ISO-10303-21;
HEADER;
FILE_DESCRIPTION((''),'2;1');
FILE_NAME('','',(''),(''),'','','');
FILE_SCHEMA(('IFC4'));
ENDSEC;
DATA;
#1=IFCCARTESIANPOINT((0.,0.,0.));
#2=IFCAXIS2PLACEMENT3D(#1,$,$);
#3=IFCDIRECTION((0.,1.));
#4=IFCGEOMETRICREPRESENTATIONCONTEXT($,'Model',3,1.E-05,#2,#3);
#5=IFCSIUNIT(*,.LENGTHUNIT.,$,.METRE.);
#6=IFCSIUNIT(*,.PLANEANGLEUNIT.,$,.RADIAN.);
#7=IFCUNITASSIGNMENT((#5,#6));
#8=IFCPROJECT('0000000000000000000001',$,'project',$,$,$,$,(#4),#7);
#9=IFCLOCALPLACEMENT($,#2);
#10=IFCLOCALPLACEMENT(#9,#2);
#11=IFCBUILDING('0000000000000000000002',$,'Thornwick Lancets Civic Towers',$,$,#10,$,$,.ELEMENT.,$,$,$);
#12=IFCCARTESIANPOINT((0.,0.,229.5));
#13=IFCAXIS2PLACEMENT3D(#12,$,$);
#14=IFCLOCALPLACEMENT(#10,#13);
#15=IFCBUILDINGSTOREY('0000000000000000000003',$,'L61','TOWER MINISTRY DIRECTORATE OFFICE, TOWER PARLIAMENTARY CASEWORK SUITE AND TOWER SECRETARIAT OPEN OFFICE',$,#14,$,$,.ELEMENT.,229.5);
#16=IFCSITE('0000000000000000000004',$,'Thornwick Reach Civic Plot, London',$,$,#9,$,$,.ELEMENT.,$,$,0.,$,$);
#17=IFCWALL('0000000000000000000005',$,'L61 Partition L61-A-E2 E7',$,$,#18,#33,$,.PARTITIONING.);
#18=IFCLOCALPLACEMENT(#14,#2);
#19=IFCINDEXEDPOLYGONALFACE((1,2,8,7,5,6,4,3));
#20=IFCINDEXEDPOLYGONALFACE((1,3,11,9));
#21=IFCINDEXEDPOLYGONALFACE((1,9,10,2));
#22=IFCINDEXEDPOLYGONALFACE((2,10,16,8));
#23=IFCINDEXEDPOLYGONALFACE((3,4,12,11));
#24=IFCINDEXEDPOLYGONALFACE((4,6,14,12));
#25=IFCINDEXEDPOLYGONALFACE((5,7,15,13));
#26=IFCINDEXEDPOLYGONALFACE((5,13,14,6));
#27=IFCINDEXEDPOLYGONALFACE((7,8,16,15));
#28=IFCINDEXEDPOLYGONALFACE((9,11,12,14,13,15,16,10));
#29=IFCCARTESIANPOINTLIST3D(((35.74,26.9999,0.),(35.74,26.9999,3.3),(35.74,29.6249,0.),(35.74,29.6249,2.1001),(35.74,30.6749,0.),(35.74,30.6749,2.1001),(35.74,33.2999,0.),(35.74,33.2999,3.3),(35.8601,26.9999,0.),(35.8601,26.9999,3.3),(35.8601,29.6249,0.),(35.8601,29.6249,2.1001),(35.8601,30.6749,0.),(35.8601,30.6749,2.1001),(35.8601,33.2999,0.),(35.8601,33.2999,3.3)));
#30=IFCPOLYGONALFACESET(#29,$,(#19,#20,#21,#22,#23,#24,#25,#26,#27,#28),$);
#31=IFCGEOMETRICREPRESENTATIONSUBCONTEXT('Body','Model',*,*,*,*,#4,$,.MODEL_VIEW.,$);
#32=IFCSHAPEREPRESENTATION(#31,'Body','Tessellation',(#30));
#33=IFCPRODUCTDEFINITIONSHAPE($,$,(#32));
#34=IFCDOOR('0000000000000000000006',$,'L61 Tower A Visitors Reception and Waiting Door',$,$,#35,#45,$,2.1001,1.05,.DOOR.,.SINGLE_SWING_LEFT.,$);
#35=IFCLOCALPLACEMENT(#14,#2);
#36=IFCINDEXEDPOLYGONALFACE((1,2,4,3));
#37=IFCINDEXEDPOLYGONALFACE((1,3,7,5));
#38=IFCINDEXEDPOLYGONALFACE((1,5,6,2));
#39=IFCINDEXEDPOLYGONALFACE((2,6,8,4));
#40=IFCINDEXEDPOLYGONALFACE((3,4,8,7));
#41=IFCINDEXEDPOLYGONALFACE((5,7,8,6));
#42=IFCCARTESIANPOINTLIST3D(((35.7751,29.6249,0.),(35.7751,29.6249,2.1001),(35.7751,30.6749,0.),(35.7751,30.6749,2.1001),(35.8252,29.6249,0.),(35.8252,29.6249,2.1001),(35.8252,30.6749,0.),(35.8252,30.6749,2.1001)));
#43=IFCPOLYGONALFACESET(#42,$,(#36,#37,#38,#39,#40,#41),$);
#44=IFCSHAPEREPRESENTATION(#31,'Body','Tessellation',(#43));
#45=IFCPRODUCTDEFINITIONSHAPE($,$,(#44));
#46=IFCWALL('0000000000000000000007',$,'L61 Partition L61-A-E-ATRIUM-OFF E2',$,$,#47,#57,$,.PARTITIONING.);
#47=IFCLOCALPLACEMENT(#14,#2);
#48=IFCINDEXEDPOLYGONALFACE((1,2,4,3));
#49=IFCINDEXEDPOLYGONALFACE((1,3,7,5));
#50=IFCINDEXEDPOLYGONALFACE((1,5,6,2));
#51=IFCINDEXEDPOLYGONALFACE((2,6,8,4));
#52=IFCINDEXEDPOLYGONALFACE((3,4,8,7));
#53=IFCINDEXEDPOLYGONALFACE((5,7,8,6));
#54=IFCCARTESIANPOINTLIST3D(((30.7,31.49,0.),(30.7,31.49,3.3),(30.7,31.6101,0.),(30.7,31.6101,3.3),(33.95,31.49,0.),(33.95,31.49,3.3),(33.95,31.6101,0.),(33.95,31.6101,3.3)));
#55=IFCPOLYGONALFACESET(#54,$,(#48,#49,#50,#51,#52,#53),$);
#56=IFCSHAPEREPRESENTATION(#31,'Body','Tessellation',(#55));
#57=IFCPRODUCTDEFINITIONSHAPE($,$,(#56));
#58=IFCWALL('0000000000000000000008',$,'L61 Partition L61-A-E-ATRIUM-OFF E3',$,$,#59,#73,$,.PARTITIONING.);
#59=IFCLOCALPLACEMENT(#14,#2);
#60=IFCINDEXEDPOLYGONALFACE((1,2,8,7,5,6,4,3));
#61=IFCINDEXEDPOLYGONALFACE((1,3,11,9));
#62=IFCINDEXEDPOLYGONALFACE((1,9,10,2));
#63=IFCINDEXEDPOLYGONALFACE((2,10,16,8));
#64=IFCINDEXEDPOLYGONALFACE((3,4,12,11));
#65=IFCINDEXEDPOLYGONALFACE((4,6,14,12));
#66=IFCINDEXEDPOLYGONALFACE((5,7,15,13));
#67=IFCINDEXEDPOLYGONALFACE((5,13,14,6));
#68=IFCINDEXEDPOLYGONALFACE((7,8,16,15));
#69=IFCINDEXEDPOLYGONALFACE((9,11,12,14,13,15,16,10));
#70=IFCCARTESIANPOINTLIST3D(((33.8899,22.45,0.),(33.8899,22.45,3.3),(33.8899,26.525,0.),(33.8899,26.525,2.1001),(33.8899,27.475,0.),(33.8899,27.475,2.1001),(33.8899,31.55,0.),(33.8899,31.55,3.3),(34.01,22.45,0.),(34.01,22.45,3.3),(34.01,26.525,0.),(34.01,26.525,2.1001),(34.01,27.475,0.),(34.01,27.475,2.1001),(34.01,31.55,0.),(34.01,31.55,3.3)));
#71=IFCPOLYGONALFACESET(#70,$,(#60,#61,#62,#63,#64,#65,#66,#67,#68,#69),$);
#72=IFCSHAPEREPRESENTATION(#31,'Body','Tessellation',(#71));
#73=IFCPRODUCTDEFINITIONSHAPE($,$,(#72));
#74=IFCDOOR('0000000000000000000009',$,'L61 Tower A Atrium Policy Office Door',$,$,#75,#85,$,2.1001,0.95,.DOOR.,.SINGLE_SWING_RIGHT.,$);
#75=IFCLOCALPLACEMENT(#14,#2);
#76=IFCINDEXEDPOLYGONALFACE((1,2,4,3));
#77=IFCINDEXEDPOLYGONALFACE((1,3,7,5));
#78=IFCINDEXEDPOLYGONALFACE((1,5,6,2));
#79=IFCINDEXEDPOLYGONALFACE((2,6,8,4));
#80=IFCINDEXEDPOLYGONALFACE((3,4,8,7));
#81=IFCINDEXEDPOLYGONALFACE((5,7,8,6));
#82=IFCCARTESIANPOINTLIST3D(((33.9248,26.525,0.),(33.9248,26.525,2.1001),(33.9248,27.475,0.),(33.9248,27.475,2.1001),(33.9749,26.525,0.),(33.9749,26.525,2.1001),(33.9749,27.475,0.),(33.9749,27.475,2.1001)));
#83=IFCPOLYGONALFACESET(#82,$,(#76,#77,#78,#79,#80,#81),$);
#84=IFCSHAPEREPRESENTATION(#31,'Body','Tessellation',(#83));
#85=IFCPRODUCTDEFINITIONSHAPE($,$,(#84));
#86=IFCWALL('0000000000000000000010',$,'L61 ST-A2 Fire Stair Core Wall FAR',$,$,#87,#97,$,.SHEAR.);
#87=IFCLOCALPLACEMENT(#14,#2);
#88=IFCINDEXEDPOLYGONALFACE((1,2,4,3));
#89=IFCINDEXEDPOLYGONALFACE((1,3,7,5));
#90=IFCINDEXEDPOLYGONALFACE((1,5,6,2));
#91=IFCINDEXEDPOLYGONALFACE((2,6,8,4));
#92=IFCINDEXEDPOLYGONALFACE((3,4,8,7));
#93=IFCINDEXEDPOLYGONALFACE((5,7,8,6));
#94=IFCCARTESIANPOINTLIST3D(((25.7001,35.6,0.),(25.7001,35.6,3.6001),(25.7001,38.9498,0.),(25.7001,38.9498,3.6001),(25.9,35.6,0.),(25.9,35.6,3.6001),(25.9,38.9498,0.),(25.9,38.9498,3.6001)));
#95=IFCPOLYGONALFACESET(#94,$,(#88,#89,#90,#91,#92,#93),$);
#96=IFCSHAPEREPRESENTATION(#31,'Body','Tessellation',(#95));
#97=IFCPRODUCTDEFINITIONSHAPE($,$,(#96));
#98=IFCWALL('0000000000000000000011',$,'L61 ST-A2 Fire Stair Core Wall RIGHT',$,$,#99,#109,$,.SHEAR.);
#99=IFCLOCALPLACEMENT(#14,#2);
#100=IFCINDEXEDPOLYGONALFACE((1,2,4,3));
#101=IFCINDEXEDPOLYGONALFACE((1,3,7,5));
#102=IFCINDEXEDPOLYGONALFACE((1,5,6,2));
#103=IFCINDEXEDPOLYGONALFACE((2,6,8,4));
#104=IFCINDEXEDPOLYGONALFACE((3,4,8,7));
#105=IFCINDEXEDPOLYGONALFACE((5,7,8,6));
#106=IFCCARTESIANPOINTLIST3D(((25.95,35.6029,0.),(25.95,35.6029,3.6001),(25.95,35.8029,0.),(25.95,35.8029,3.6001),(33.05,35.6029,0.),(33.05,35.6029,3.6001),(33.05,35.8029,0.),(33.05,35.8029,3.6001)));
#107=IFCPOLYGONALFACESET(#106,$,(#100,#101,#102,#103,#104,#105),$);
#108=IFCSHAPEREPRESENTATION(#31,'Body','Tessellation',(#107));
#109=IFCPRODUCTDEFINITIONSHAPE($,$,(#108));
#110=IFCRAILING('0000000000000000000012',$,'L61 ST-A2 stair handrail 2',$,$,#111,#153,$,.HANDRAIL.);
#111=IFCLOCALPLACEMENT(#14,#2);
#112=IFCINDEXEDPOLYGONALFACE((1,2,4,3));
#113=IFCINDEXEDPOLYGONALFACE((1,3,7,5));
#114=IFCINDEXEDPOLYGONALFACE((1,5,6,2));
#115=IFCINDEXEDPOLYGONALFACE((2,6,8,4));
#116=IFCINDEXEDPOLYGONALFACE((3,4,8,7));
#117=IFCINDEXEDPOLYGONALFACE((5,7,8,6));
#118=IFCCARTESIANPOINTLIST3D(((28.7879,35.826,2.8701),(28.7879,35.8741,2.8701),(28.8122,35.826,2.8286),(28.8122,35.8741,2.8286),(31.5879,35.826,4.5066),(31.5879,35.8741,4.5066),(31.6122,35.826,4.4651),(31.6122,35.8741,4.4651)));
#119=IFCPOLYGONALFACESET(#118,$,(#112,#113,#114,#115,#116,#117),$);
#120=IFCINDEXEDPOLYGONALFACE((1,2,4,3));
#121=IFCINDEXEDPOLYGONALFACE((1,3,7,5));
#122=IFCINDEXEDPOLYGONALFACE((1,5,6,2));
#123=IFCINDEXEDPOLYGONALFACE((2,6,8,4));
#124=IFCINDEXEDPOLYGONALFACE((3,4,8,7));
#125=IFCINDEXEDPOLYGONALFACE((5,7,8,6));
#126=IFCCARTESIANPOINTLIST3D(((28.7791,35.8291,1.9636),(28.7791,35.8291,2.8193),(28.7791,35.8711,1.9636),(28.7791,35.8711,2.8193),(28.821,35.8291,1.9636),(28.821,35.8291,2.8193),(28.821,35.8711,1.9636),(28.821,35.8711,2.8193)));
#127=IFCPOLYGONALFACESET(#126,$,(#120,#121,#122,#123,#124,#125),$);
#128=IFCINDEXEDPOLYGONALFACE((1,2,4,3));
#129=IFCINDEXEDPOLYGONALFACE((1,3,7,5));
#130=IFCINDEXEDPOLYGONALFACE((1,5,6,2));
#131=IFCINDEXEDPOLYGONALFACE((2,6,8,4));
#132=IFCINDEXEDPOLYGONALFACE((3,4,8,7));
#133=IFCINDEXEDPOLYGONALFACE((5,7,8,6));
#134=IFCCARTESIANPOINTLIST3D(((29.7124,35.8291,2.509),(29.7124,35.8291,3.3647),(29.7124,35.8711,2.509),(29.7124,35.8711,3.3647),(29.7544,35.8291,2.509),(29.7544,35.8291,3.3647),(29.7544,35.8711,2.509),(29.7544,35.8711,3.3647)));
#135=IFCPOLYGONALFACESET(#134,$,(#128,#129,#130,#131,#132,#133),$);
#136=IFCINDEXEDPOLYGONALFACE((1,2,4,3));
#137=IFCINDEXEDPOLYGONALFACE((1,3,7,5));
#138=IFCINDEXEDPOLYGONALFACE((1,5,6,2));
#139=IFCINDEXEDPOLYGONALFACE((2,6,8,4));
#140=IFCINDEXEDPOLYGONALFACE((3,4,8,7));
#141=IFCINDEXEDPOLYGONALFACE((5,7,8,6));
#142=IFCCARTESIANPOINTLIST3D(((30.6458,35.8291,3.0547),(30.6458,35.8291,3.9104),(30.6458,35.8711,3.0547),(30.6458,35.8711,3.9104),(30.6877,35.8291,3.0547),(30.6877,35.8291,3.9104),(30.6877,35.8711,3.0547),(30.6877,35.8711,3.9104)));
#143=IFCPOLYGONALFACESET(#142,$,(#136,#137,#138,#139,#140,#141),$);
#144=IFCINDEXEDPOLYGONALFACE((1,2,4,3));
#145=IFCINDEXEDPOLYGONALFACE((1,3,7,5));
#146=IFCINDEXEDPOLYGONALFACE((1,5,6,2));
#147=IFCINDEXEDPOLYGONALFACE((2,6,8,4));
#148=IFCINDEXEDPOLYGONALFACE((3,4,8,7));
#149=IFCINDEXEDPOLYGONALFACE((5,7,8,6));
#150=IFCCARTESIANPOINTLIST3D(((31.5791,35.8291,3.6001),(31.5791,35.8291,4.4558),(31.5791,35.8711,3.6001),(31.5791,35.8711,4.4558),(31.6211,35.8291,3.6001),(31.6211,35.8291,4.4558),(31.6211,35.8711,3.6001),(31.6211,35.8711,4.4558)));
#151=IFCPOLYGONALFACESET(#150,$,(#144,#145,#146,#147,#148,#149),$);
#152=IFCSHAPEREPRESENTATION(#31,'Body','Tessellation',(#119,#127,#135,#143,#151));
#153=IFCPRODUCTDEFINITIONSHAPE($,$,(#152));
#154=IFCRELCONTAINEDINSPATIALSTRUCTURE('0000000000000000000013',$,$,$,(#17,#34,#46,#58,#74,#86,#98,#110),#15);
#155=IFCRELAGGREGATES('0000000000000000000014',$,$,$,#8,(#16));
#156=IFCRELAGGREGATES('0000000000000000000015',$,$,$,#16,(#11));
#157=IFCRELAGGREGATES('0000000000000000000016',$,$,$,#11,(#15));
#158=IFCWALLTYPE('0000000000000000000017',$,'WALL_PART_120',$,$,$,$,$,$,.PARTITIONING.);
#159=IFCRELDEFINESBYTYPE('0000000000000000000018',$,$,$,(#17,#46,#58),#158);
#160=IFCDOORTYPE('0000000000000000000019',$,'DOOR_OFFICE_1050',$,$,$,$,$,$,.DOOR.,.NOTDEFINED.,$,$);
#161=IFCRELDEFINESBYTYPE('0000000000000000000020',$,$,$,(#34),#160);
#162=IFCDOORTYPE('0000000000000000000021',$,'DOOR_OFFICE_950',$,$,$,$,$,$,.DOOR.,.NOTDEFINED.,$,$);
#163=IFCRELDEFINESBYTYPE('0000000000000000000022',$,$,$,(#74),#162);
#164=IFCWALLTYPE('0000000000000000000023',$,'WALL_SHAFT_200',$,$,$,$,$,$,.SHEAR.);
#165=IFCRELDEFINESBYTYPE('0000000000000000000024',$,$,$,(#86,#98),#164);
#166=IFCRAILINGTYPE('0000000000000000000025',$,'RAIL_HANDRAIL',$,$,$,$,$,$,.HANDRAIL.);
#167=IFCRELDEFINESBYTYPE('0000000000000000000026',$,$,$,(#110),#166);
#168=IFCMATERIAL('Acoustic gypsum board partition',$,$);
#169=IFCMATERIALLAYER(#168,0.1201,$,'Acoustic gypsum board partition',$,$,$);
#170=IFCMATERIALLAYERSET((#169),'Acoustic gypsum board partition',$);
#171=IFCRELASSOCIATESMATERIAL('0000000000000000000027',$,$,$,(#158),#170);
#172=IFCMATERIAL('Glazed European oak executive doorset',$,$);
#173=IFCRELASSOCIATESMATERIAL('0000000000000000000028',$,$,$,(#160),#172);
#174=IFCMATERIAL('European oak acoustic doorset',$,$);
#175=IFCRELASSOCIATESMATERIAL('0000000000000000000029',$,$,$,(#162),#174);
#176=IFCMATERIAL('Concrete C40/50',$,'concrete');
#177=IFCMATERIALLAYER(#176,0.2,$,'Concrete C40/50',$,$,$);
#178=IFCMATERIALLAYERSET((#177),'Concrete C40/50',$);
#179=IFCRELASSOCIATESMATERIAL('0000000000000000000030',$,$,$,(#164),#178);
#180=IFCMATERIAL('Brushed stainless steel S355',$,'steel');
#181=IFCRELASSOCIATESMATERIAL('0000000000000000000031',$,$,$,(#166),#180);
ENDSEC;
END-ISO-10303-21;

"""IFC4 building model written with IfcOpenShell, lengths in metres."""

from ifc_helpers import new_model, si_unit, direction, frame, frame_2d, origin, origin_2d, place, context, subcontext, project, spatial, rectangle, extrude, material, layer, layer_set, type_object, element, fill, save


model = new_model("IFC4")

# Units and contexts
model_context = context("Model", 3, precision=1e-05, world=origin(), true_north=direction((0.0, 1.0)))
body_context = subcontext(model_context, "Body", "Model", "MODEL_VIEW")
ifc_project = project(units=[si_unit("LENGTHUNIT", "METRE"), si_unit("PLANEANGLEUNIT", "RADIAN")], contexts=[model_context])

# Site, building, storey
site_placement = place(None, origin())
site = spatial("IfcSite", under=ifc_project, at=site_placement, Name="Thornwick Reach Civic Plot, London", CompositionType="ELEMENT", RefElevation=0.0)
building_placement = place(site_placement, origin())
building = spatial("IfcBuilding", under=site, at=building_placement, Name="Thornwick Lancets Civic Towers", CompositionType="ELEMENT")
storey_placement = place(building_placement, frame((0.0, 0.0, 229.5)))
storey = spatial("IfcBuildingStorey", under=building, at=storey_placement, Name="L61", Description="TOWER MINISTRY DIRECTORATE OFFICE, TOWER PARLIAMENTARY CASEWORK SUITE AND TOWER SECRETARIAT OPEN OFFICE", CompositionType="ELEMENT", Elevation=229.5)

# Shared definitions
ifc_material_1 = material(Name="Acoustic gypsum board partition")
ifc_layer_1 = layer(ifc_material_1, 0.1201, Name="Acoustic gypsum board partition")
ifc_layer_set_1 = layer_set([ifc_layer_1], Name="Acoustic gypsum board partition")
wall_type_1 = type_object("IfcWallType", Name="WALL_PART_120", PredefinedType="PARTITIONING", material=ifc_layer_set_1)

# Wall, opening, door
wall_1_placement = place(storey_placement, frame((35.8, 27.0, 0.0), z_axis=(0.0, 0.0, 1.0), x_axis=(0.0, 1.0, 0.0)))
wall_1 = element("IfcWall", 1, at=wall_1_placement, inside=storey, type_object=wall_type_1, Name="L61 Partition L61-A-E2 E7", PredefinedType="PARTITIONING", context=body_context, shape_type="SweptSolid", body=[
    extrude(rectangle(XDim=6.3, YDim=0.1201, at=frame_2d((3.1499, 0.0))), origin(), (0.0, 0.0, 1.0), 3.3),
])
opening_1_placement = place(wall_1_placement, frame((2.625, 0.0, 0.0)))
opening_1 = element("IfcOpeningElement", 2, at=opening_1_placement, cuts=wall_1, PredefinedType="OPENING", context=body_context, shape_type="SweptSolid", body=[
    extrude(rectangle(XDim=1.05, YDim=2.1001, at=frame_2d((0.5249, 1.05))), frame((0.0, 0.0701, 0.0), z_axis=(0.0, -1.0, 0.0), x_axis=(1.0, 0.0, 0.0)), (0.0, 0.0, 1.0), 0.1401),
])
ifc_material_2 = material(Name="Glazed European oak executive doorset")
door_type_1 = type_object("IfcDoorType", Name="DOOR_OFFICE_1050", OperationType="NOTDEFINED", PredefinedType="DOOR", material=ifc_material_2)
door_1_placement = place(opening_1_placement, origin())
door_1 = element("IfcDoor", 3, at=door_1_placement, inside=storey, type_object=door_type_1, Name="L61 Tower A Visitors Reception and Waiting Door", OperationType="SINGLE_SWING_LEFT", OverallHeight=2.1001, OverallWidth=1.05, PredefinedType="DOOR", context=body_context, shape_type="SweptSolid", body=[
    extrude(rectangle(XDim=1.05, YDim=2.1001, at=frame_2d((0.5249, 1.05))), frame((0.0, 0.0249, 0.0), z_axis=(0.0, -1.0, 0.0), x_axis=(1.0, 0.0, 0.0)), (0.0, 0.0, 1.0), 0.05),
])
fill(opening_1, door_1)

# Wall
wall_2_placement = place(storey_placement, frame((30.7, 31.55, 0.0), z_axis=(0.0, 0.0, 1.0), x_axis=(1.0, 0.0, 0.0)))
element("IfcWall", 4, at=wall_2_placement, inside=storey, type_object=wall_type_1, Name="L61 Partition L61-A-E-ATRIUM-OFF E2", PredefinedType="PARTITIONING", context=body_context, shape_type="SweptSolid", body=[
    extrude(rectangle(XDim=3.25, YDim=0.1201, at=frame_2d((1.625, 0.0))), origin(), (0.0, 0.0, 1.0), 3.3),
])

# Wall, opening, door
wall_3_placement = place(storey_placement, frame((33.95, 31.55, 0.0), z_axis=(0.0, 0.0, 1.0), x_axis=(0.0, -1.0, 0.0)))
wall_3 = element("IfcWall", 5, at=wall_3_placement, inside=storey, type_object=wall_type_1, Name="L61 Partition L61-A-E-ATRIUM-OFF E3", PredefinedType="PARTITIONING", context=body_context, shape_type="SweptSolid", body=[
    extrude(rectangle(XDim=9.1001, YDim=0.1201, at=frame_2d((4.55, 0.0))), origin(), (0.0, 0.0, 1.0), 3.3),
])
opening_2_placement = place(wall_3_placement, frame((4.075, 0.0, 0.0)))
opening_2 = element("IfcOpeningElement", 6, at=opening_2_placement, cuts=wall_3, PredefinedType="OPENING", context=body_context, shape_type="SweptSolid", body=[
    extrude(rectangle(XDim=0.95, YDim=2.1001, at=frame_2d((0.4751, 1.05))), frame((0.0, 0.0701, 0.0), z_axis=(0.0, -1.0, 0.0), x_axis=(1.0, 0.0, 0.0)), (0.0, 0.0, 1.0), 0.1401),
])
ifc_material_3 = material(Name="European oak acoustic doorset")
door_type_2 = type_object("IfcDoorType", Name="DOOR_OFFICE_950", OperationType="NOTDEFINED", PredefinedType="DOOR", material=ifc_material_3)
door_2_placement = place(opening_2_placement, origin())
door_2 = element("IfcDoor", 7, at=door_2_placement, inside=storey, type_object=door_type_2, Name="L61 Tower A Atrium Policy Office Door", OperationType="SINGLE_SWING_RIGHT", OverallHeight=2.1001, OverallWidth=0.95, PredefinedType="DOOR", context=body_context, shape_type="SweptSolid", body=[
    extrude(rectangle(XDim=0.95, YDim=2.1001, at=frame_2d((0.4751, 1.05))), frame((0.0, 0.0249, 0.0), z_axis=(0.0, -1.0, 0.0), x_axis=(1.0, 0.0, 0.0)), (0.0, 0.0, 1.0), 0.05),
])
fill(opening_2, door_2)

# Walls
ifc_material_4 = material(Name="Concrete C40/50", Category="concrete")
ifc_layer_2 = layer(ifc_material_4, 0.2, Name="Concrete C40/50")
ifc_layer_set_2 = layer_set([ifc_layer_2], Name="Concrete C40/50")
wall_type_2 = type_object("IfcWallType", Name="WALL_SHAFT_200", PredefinedType="SHEAR", material=ifc_layer_set_2)
wall_4_placement = place(storey_placement, frame((25.8, 35.6001, 0.0), z_axis=(0.0, 0.0, 1.0), x_axis=(0.0, 1.0, 0.0)))
element("IfcWall", 8, at=wall_4_placement, inside=storey, type_object=wall_type_2, Name="L61 ST-A2 Fire Stair Core Wall FAR", PredefinedType="SHEAR", context=body_context, shape_type="SweptSolid", body=[
    extrude(rectangle(XDim=3.3499, YDim=0.2, at=frame_2d((1.6748, 0.0))), origin(), (0.0, 0.0, 1.0), 3.6001),
])
wall_5_placement = place(storey_placement, frame((25.95, 35.7029, 0.0), z_axis=(0.0, 0.0, 1.0), x_axis=(1.0, 0.0, 0.0)))
element("IfcWall", 9, at=wall_5_placement, inside=storey, type_object=wall_type_2, Name="L61 ST-A2 Fire Stair Core Wall RIGHT", PredefinedType="SHEAR", context=body_context, shape_type="SweptSolid", body=[
    extrude(rectangle(XDim=7.1001, YDim=0.2, at=frame_2d((3.55, 0.0))), origin(), (0.0, 0.0, 1.0), 3.6001),
])

# Railing
ifc_material_5 = material(Name="Brushed stainless steel S355", Category="steel")
railing_type = type_object("IfcRailingType", Name="RAIL_HANDRAIL", PredefinedType="HANDRAIL", material=ifc_material_5)
railing_placement = place(storey_placement, frame((28.8, 35.8501, 1.9636)))
element("IfcRailing", 10, at=railing_placement, inside=storey, type_object=railing_type, Name="L61 ST-A2 stair handrail 2", PredefinedType="HANDRAIL", context=body_context, shape_type="SweptSolid", body=[
    extrude(rectangle(XDim=0.0481, YDim=0.0481, at=origin_2d()), frame((0.0, 0.0, 0.8857), z_axis=(0.863361, 0.0, 0.504587), x_axis=(0.0, 1.0, 0.0)), (0.0, 0.0, 1.0), 3.2432),
    extrude(rectangle(XDim=0.042, YDim=0.042, at=origin_2d()), origin(), (0.0, 0.0, 1.0), 0.8557),
    extrude(rectangle(XDim=0.042, YDim=0.042, at=origin_2d()), frame((0.9333, 0.0, 0.5454)), (0.0, 0.0, 1.0), 0.8557),
    extrude(rectangle(XDim=0.042, YDim=0.042, at=origin_2d()), frame((1.8667, 0.0, 1.0911)), (0.0, 0.0, 1.0), 0.8557),
    extrude(rectangle(XDim=0.042, YDim=0.042, at=origin_2d()), frame((2.8, 0.0, 1.6365)), (0.0, 0.0, 1.0), 0.8557),
])

save(model, "model.ifc")
